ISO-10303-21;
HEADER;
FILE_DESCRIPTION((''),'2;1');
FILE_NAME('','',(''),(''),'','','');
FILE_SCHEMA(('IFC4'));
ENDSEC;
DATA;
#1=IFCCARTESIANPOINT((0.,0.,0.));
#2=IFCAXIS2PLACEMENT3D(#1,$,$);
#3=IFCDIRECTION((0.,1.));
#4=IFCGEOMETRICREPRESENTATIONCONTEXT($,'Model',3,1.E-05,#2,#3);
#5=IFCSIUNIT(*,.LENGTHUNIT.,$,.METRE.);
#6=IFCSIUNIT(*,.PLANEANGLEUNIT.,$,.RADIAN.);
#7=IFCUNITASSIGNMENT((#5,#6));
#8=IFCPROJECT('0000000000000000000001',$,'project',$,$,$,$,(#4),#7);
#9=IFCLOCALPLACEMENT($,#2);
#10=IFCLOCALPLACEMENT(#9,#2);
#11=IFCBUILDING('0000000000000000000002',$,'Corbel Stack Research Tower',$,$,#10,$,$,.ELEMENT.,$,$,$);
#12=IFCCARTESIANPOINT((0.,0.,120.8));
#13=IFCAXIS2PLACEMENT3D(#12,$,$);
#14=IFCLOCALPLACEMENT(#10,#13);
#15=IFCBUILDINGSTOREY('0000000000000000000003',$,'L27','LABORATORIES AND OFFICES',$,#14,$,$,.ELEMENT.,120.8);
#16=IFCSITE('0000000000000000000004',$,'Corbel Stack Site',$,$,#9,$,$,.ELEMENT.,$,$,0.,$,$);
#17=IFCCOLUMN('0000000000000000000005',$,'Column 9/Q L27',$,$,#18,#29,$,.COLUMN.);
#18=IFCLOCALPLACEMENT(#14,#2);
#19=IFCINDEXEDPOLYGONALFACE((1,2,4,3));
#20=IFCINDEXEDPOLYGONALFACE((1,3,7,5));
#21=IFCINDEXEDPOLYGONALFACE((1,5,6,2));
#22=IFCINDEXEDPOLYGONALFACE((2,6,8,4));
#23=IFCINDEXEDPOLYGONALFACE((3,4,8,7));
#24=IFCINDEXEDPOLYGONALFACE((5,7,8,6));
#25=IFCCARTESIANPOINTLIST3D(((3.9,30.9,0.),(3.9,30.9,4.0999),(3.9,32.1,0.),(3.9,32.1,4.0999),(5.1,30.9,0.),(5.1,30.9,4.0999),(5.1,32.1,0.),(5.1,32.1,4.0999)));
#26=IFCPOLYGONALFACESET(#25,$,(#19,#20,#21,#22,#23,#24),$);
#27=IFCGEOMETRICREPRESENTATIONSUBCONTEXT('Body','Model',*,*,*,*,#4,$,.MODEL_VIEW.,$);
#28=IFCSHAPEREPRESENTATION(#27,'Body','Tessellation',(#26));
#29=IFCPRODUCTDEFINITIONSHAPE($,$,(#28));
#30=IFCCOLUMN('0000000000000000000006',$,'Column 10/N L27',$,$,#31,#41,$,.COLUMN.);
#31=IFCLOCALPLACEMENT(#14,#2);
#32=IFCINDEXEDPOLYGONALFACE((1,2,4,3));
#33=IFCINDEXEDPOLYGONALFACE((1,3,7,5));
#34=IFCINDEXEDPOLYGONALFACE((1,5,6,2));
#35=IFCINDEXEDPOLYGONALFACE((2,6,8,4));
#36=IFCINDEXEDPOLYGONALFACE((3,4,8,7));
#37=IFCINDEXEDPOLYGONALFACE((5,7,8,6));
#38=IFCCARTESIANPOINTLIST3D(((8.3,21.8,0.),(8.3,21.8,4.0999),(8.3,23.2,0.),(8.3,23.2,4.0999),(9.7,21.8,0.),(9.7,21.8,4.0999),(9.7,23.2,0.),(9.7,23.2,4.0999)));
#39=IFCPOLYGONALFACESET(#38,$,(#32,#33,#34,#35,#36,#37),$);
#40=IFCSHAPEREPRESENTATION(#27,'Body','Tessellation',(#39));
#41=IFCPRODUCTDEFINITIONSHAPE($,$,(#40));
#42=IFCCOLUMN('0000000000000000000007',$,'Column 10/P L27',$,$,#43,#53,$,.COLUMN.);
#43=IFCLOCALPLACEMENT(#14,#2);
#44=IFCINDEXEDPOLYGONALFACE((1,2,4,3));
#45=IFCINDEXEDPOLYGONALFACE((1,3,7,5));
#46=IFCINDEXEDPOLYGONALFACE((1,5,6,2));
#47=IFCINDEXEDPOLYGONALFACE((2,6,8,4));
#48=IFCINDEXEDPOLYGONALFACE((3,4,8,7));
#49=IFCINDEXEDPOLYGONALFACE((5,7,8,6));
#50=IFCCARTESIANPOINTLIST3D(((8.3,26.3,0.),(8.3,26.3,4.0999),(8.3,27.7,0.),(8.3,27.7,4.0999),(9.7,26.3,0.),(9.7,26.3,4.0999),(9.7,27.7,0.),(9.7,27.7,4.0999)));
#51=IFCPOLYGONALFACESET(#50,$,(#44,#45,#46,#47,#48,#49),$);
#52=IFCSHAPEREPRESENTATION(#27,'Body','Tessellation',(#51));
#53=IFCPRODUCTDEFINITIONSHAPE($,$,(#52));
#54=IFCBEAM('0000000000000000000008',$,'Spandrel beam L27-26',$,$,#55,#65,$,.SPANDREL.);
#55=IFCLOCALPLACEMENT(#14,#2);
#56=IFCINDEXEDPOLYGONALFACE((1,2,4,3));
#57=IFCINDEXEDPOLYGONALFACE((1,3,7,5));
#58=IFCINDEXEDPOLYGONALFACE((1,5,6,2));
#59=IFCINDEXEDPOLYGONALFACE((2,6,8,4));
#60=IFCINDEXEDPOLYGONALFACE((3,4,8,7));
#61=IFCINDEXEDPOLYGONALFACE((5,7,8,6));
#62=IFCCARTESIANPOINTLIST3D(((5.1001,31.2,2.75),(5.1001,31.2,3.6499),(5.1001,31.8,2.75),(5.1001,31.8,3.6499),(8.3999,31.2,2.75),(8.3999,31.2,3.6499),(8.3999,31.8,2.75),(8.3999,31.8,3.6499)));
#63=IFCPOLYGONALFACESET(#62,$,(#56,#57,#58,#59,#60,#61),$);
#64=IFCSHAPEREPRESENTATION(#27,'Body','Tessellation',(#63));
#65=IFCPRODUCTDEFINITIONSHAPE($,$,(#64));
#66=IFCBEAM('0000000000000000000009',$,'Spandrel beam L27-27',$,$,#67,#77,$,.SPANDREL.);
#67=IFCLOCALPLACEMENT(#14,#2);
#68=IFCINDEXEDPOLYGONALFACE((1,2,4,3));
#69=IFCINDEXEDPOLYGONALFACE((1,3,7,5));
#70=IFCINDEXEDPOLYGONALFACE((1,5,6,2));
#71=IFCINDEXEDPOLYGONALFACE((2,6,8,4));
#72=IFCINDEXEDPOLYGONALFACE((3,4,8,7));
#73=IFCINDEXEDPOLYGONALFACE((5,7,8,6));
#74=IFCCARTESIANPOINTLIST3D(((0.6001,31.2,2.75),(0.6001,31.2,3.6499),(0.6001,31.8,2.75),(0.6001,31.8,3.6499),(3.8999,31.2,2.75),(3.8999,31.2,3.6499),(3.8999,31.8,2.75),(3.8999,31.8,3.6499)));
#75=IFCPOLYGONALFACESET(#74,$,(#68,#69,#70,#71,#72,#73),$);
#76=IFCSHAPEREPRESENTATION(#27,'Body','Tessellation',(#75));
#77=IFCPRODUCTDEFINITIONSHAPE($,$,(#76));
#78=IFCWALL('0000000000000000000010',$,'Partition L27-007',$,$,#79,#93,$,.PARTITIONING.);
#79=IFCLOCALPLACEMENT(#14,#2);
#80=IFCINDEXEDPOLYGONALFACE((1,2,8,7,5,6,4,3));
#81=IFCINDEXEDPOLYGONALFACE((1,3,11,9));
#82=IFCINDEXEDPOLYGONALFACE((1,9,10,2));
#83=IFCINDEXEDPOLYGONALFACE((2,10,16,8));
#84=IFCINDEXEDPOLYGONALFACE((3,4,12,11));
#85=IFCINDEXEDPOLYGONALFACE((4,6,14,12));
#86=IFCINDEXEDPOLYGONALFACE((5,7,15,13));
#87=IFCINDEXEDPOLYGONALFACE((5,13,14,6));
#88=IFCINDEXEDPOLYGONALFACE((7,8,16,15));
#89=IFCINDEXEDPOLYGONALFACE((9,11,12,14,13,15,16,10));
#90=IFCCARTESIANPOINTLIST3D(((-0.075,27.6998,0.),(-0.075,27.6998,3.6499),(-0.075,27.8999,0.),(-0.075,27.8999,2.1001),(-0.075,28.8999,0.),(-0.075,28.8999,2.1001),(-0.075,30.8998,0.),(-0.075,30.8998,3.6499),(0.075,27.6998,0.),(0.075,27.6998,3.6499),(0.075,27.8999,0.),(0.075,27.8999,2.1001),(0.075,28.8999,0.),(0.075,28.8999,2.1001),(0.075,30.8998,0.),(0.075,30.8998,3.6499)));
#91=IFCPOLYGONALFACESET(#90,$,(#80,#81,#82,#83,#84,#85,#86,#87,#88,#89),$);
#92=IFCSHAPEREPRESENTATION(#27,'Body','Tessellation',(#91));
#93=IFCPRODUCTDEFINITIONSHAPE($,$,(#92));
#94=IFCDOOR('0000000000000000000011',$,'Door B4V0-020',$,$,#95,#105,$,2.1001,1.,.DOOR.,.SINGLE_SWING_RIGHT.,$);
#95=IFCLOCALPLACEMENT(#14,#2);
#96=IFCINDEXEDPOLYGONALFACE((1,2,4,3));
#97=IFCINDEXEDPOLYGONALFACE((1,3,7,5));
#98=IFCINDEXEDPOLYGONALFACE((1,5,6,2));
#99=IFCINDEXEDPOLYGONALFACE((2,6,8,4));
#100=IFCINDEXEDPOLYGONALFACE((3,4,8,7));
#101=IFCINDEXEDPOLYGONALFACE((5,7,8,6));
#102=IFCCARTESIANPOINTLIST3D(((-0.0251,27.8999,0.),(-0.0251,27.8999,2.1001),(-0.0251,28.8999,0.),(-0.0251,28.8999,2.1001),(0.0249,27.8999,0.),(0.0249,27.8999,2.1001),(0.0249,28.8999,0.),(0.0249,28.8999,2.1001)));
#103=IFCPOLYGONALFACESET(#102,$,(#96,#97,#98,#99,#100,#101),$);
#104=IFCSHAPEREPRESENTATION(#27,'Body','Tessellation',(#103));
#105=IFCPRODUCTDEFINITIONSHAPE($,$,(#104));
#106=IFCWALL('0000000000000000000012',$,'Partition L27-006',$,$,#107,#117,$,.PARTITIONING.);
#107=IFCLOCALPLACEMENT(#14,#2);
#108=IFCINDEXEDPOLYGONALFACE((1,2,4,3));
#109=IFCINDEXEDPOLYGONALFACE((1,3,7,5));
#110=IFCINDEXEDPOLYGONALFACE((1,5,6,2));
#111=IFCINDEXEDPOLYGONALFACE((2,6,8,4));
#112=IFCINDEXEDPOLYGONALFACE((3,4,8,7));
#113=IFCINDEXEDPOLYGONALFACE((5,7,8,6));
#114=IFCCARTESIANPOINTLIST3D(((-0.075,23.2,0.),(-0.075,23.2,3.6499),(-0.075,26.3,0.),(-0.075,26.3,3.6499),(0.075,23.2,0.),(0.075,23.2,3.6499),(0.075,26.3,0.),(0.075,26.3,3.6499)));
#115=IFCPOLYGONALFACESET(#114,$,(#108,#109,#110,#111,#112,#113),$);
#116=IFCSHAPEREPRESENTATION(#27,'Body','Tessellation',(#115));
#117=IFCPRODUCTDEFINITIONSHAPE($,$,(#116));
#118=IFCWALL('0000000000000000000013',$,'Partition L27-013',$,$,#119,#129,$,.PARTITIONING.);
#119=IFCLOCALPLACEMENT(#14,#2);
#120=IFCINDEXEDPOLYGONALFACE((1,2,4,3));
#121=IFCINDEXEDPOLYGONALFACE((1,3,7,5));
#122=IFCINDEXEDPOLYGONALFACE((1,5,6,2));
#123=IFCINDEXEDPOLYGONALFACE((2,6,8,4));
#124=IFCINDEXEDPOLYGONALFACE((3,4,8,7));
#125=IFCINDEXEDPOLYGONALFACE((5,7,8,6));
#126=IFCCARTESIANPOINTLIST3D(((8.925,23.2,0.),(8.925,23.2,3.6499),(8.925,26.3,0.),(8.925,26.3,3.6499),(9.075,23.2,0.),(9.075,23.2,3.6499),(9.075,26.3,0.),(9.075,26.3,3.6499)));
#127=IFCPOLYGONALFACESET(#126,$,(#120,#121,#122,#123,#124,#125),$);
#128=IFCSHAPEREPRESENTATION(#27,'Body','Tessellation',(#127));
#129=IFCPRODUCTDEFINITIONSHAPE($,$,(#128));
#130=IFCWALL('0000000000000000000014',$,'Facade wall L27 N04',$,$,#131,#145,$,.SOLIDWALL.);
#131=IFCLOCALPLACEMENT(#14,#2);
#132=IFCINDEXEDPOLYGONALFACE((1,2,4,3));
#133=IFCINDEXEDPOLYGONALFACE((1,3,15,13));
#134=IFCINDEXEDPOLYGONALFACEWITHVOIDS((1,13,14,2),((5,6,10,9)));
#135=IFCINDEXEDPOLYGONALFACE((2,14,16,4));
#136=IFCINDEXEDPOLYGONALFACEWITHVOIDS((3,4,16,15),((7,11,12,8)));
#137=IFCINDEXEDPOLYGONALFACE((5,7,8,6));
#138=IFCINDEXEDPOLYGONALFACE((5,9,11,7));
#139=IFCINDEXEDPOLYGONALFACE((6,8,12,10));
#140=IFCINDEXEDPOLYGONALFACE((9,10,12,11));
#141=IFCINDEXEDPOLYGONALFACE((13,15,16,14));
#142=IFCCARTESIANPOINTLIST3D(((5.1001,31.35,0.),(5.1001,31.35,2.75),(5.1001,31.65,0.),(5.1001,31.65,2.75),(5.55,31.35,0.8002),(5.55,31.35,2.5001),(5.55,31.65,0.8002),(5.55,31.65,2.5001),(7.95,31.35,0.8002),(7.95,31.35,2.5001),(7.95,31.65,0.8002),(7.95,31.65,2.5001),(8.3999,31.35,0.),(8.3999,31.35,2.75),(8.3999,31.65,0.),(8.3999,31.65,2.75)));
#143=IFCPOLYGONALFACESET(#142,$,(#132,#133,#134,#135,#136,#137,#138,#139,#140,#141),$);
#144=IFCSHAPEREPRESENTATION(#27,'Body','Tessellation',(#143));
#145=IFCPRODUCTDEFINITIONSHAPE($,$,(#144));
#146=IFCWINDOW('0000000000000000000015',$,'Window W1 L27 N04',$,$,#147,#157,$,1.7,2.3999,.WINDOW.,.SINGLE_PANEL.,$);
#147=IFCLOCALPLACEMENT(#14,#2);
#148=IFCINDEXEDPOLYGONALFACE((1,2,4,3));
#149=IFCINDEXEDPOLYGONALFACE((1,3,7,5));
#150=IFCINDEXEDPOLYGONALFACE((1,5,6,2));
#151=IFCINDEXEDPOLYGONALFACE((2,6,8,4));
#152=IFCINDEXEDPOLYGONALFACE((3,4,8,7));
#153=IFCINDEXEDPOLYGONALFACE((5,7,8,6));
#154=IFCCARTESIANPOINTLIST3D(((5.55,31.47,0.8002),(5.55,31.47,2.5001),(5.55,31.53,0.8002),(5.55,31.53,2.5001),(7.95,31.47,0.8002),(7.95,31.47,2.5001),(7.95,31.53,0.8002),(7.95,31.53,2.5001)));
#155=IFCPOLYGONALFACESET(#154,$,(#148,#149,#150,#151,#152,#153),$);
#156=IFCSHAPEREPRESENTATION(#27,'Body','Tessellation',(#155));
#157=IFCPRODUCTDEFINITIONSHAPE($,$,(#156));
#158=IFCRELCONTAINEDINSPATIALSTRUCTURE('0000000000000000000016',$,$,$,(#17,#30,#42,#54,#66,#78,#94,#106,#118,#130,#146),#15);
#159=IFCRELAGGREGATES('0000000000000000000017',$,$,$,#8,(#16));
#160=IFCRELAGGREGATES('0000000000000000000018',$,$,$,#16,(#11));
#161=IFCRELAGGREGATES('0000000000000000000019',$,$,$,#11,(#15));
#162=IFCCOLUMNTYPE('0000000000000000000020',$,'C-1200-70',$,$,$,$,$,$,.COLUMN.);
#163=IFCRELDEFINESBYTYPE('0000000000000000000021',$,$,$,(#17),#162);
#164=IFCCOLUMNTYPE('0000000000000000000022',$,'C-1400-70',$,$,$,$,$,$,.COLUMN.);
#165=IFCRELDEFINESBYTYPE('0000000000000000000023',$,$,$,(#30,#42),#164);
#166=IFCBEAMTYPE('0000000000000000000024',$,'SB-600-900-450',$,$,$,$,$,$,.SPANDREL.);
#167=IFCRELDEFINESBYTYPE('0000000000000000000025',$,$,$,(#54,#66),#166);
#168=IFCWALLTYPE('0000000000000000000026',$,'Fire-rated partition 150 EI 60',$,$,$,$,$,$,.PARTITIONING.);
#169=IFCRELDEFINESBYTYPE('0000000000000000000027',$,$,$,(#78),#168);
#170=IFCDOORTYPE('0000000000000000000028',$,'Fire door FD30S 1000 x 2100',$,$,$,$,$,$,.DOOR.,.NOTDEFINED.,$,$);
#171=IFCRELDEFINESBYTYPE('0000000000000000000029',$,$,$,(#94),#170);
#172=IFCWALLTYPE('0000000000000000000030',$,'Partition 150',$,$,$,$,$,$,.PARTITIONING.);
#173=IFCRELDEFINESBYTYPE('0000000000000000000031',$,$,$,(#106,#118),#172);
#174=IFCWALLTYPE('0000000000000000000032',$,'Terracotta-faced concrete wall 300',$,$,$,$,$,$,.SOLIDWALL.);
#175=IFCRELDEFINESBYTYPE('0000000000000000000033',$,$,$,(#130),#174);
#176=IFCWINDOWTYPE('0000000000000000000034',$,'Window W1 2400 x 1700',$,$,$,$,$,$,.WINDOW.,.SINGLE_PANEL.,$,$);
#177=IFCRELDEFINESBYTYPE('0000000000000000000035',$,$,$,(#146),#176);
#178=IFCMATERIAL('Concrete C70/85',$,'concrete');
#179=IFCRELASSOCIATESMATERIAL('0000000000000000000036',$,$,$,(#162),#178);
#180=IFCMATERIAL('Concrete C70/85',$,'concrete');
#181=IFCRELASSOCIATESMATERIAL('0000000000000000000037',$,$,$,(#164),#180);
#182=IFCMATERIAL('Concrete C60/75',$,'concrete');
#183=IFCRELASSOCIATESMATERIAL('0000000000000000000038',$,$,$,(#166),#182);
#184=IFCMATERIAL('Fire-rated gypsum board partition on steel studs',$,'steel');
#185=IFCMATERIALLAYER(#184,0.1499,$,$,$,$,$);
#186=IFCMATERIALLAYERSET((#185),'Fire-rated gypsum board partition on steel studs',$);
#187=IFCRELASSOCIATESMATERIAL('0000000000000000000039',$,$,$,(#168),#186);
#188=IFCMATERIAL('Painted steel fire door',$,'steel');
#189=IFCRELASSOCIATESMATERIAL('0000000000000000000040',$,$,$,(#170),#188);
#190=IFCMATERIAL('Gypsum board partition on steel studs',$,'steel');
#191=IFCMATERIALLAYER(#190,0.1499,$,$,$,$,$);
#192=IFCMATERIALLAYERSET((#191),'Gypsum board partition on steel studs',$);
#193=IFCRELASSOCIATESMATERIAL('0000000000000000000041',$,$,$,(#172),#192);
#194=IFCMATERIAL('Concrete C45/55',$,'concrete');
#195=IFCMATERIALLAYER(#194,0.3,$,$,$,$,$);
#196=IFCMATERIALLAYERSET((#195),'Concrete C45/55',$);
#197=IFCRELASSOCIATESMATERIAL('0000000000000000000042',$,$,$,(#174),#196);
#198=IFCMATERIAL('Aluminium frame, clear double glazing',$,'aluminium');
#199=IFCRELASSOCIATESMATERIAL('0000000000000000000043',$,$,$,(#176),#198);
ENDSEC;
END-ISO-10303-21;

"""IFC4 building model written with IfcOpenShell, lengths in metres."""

from ifc_helpers import new_model, si_unit, direction, frame, frame_2d, origin, origin_2d, place, context, subcontext, project, spatial, rectangle, extrude, material, layer, layer_set, material_profile, profile_set, type_object, element, fill, save


model = new_model("IFC4")

# Units and contexts
model_context = context("Model", 3, precision=1e-05, world=origin(), true_north=direction((0.0, 1.0)))
body_context = subcontext(model_context, "Body", "Model", "MODEL_VIEW")
ifc_project = project(units=[si_unit("LENGTHUNIT", "METRE"), si_unit("PLANEANGLEUNIT", "RADIAN")], contexts=[model_context])

# Site, building, storey
site_placement = place(None, origin())
site = spatial("IfcSite", under=ifc_project, at=site_placement, Name="Corbel Stack Site", CompositionType="ELEMENT", RefElevation=0.0)
building_placement = place(site_placement, origin())
building = spatial("IfcBuilding", under=site, at=building_placement, Name="Corbel Stack Research Tower", CompositionType="ELEMENT")
storey_placement = place(building_placement, frame((0.0, 0.0, 120.8)))
storey = spatial("IfcBuildingStorey", under=building, at=storey_placement, Name="L27", Description="LABORATORIES AND OFFICES", CompositionType="ELEMENT", Elevation=120.8)

# Columns
ifc_material_1 = material(Name="Concrete C70/85", Category="concrete")
ifc_material_profile_1 = material_profile(ifc_material_1, rectangle(XDim=1.2, YDim=1.2, at=origin_2d()), Name="RC 1200 x 1200")
ifc_profile_set_1 = profile_set([ifc_material_profile_1], Name="Concrete C70/85")
column_type_1 = type_object("IfcColumnType", Name="C-1200-70", PredefinedType="COLUMN", material=ifc_profile_set_1)
column_placement = place(storey_placement, frame((4.5, 31.5, 0.0), z_axis=(0.0, 0.0, 1.0), x_axis=(1.0, 0.0, 0.0)))
element("IfcColumn", 1, at=column_placement, inside=storey, type_object=column_type_1, Name="Column 9/Q L27", PredefinedType="COLUMN", context=body_context, shape_type="SweptSolid", body=[
    extrude(rectangle(XDim=1.2, YDim=1.2, at=origin_2d()), origin(), (0.0, 0.0, 1.0), 4.0999),
])
ifc_material_2 = material(Name="Concrete C70/85", Category="concrete")
ifc_material_profile_2 = material_profile(ifc_material_2, rectangle(XDim=1.3999, YDim=1.3999, at=origin_2d()), Name="RC 1400 x 1400")
ifc_profile_set_2 = profile_set([ifc_material_profile_2], Name="Concrete C70/85")
column_type_2 = type_object("IfcColumnType", Name="C-1400-70", PredefinedType="COLUMN", material=ifc_profile_set_2)
for number, where, z_axis, x_axis, name in (
    (2, (9.0, 22.5, 0.0), (0.0, 0.0, 1.0), (1.0, 0.0, 0.0), "Column 10/N L27"),
    (3, (9.0, 27.0, 0.0), (0.0, 0.0, 1.0), (1.0, 0.0, 0.0), "Column 10/P L27"),
):
    element("IfcColumn", number, at=place(storey_placement, frame(where, z_axis=z_axis, x_axis=x_axis)), inside=storey, type_object=column_type_2, Name=name, PredefinedType="COLUMN", context=body_context, shape_type="SweptSolid", body=[
        extrude(rectangle(XDim=1.3999, YDim=1.3999, at=origin_2d()), origin(), (0.0, 0.0, 1.0), 4.0999),
    ])

# Beams
ifc_material_3 = material(Name="Concrete C60/75", Category="concrete")
ifc_material_profile_3 = material_profile(ifc_material_3, rectangle(XDim=0.6001, YDim=0.8999, at=origin_2d()), Name="RC 600 x 900")
ifc_profile_set_3 = profile_set([ifc_material_profile_3], Name="Concrete C60/75")
beam_type = type_object("IfcBeamType", Name="SB-600-900-450", PredefinedType="SPANDREL", material=ifc_profile_set_3)
for number, where, z_axis, x_axis, name in (
    (4, (8.3999, 31.5, 3.2), (-1.0, 0.0, 0.0), (0.0, -1.0, 0.0), "Spandrel beam L27-26"),
    (5, (3.8999, 31.5, 3.2), (-1.0, 0.0, 0.0), (0.0, -1.0, 0.0), "Spandrel beam L27-27"),
):
    element("IfcBeam", number, at=place(storey_placement, frame(where, z_axis=z_axis, x_axis=x_axis)), inside=storey, type_object=beam_type, Name=name, PredefinedType="SPANDREL", context=body_context, shape_type="SweptSolid", body=[
        extrude(rectangle(XDim=0.6001, YDim=0.8999, at=origin_2d()), origin(), (0.0, 0.0, 1.0), 3.2998),
    ])

# Wall, opening, door
ifc_material_4 = material(Name="Fire-rated gypsum board partition on steel studs", Category="steel")
ifc_layer_1 = layer(ifc_material_4, 0.1499)
ifc_layer_set_1 = layer_set([ifc_layer_1], Name="Fire-rated gypsum board partition on steel studs")
wall_type_1 = type_object("IfcWallType", Name="Fire-rated partition 150 EI 60", PredefinedType="PARTITIONING", material=ifc_layer_set_1)
wall_1_placement = place(storey_placement, frame((0.0, 30.8999, 0.0), z_axis=(0.0, 0.0, 1.0), x_axis=(0.0, -1.0, 0.0)))
wall_1 = element("IfcWall", 6, at=wall_1_placement, inside=storey, type_object=wall_type_1, Name="Partition L27-007", PredefinedType="PARTITIONING", context=body_context, shape_type="SweptSolid", body=[
    extrude(rectangle(XDim=3.2, YDim=0.1499, at=frame_2d((1.6001, 0.0))), origin(), (0.0, 0.0, 1.0), 3.6499),
])
opening_1_placement = place(wall_1_placement, frame((2.0, 0.0, 0.0)))
opening_1 = element("IfcOpeningElement", 7, at=opening_1_placement, cuts=wall_1, PredefinedType="OPENING", context=body_context, shape_type="SweptSolid", body=[
    extrude(rectangle(XDim=1.0, YDim=2.1001, at=frame_2d((0.5, 1.05))), frame((0.0, 0.085, 0.0), z_axis=(0.0, -1.0, 0.0), x_axis=(1.0, 0.0, 0.0)), (0.0, 0.0, 1.0), 0.1699),
])
ifc_material_5 = material(Name="Painted steel fire door", Category="steel")
door_type = type_object("IfcDoorType", Name="Fire door FD30S 1000 x 2100", OperationType="NOTDEFINED", PredefinedType="DOOR", material=ifc_material_5)
door_placement = place(opening_1_placement, origin())
door = element("IfcDoor", 8, at=door_placement, inside=storey, type_object=door_type, Name="Door B4V0-020", OperationType="SINGLE_SWING_RIGHT", OverallHeight=2.1001, OverallWidth=1.0, PredefinedType="DOOR", context=body_context, shape_type="SweptSolid", body=[
    extrude(rectangle(XDim=1.0, YDim=2.1001, at=frame_2d((0.5, 1.05))), frame((0.0, 0.0249, 0.0), z_axis=(0.0, -1.0, 0.0), x_axis=(1.0, 0.0, 0.0)), (0.0, 0.0, 1.0), 0.05),
])
fill(opening_1, door)

# Walls
ifc_material_6 = material(Name="Gypsum board partition on steel studs", Category="steel")
ifc_layer_2 = layer(ifc_material_6, 0.1499)
ifc_layer_set_2 = layer_set([ifc_layer_2], Name="Gypsum board partition on steel studs")
wall_type_2 = type_object("IfcWallType", Name="Partition 150", PredefinedType="PARTITIONING", material=ifc_layer_set_2)
for number, where, z_axis, x_axis, name in (
    (9, (0.0, 23.2, 0.0), (0.0, 0.0, 1.0), (0.0, 1.0, 0.0), "Partition L27-006"),
    (10, (9.0, 23.2, 0.0), (0.0, 0.0, 1.0), (0.0, 1.0, 0.0), "Partition L27-013"),
):
    element("IfcWall", number, at=place(storey_placement, frame(where, z_axis=z_axis, x_axis=x_axis)), inside=storey, type_object=wall_type_2, Name=name, PredefinedType="PARTITIONING", context=body_context, shape_type="SweptSolid", body=[
        extrude(rectangle(XDim=3.1001, YDim=0.1499, at=frame_2d((1.55, 0.0))), origin(), (0.0, 0.0, 1.0), 3.6499),
    ])

# Wall, opening, window
ifc_material_7 = material(Name="Concrete C45/55", Category="concrete")
ifc_layer_3 = layer(ifc_material_7, 0.3)
ifc_layer_set_3 = layer_set([ifc_layer_3], Name="Concrete C45/55")
wall_type_3 = type_object("IfcWallType", Name="Terracotta-faced concrete wall 300", PredefinedType="SOLIDWALL", material=ifc_layer_set_3)
wall_2_placement = place(storey_placement, frame((5.1001, 31.5, 0.0), z_axis=(0.0, 0.0, 1.0), x_axis=(1.0, 0.0, 0.0)))
wall_2 = element("IfcWall", 11, at=wall_2_placement, inside=storey, type_object=wall_type_3, Name="Facade wall L27 N04", PredefinedType="SOLIDWALL", context=body_context, shape_type="SweptSolid", body=[
    extrude(rectangle(XDim=3.2998, YDim=0.3, at=frame_2d((1.6499, 0.0))), origin(), (0.0, 0.0, 1.0), 2.75),
])
opening_2_placement = place(wall_2_placement, frame((0.45, 0.0, 0.8)))
opening_2 = element("IfcOpeningElement", 12, at=opening_2_placement, cuts=wall_2, PredefinedType="OPENING", context=body_context, shape_type="SweptSolid", body=[
    extrude(rectangle(XDim=2.3999, YDim=1.7, at=frame_2d((1.2, 0.8501))), frame((0.0, 0.1599, 0.0), z_axis=(0.0, -1.0, 0.0), x_axis=(1.0, 0.0, 0.0)), (0.0, 0.0, 1.0), 0.3201),
])
ifc_material_8 = material(Name="Aluminium frame, clear double glazing", Category="aluminium")
window_type = type_object("IfcWindowType", Name="Window W1 2400 x 1700", PartitioningType="SINGLE_PANEL", PredefinedType="WINDOW", material=ifc_material_8)
window_1_placement = place(opening_2_placement, origin())
window_1 = element("IfcWindow", 13, at=window_1_placement, inside=storey, type_object=window_type, Name="Window W1 L27 N04", OverallHeight=1.7, OverallWidth=2.3999, PartitioningType="SINGLE_PANEL", PredefinedType="WINDOW", context=body_context, shape_type="SweptSolid", body=[
    extrude(rectangle(XDim=2.3999, YDim=1.7, at=frame_2d((1.2, 0.8501))), frame((0.0, 0.03, 0.0), z_axis=(0.0, -1.0, 0.0), x_axis=(1.0, 0.0, 0.0)), (0.0, 0.0, 1.0), 0.0601),
])
fill(opening_2, window_1)

save(model, "model.ifc")
